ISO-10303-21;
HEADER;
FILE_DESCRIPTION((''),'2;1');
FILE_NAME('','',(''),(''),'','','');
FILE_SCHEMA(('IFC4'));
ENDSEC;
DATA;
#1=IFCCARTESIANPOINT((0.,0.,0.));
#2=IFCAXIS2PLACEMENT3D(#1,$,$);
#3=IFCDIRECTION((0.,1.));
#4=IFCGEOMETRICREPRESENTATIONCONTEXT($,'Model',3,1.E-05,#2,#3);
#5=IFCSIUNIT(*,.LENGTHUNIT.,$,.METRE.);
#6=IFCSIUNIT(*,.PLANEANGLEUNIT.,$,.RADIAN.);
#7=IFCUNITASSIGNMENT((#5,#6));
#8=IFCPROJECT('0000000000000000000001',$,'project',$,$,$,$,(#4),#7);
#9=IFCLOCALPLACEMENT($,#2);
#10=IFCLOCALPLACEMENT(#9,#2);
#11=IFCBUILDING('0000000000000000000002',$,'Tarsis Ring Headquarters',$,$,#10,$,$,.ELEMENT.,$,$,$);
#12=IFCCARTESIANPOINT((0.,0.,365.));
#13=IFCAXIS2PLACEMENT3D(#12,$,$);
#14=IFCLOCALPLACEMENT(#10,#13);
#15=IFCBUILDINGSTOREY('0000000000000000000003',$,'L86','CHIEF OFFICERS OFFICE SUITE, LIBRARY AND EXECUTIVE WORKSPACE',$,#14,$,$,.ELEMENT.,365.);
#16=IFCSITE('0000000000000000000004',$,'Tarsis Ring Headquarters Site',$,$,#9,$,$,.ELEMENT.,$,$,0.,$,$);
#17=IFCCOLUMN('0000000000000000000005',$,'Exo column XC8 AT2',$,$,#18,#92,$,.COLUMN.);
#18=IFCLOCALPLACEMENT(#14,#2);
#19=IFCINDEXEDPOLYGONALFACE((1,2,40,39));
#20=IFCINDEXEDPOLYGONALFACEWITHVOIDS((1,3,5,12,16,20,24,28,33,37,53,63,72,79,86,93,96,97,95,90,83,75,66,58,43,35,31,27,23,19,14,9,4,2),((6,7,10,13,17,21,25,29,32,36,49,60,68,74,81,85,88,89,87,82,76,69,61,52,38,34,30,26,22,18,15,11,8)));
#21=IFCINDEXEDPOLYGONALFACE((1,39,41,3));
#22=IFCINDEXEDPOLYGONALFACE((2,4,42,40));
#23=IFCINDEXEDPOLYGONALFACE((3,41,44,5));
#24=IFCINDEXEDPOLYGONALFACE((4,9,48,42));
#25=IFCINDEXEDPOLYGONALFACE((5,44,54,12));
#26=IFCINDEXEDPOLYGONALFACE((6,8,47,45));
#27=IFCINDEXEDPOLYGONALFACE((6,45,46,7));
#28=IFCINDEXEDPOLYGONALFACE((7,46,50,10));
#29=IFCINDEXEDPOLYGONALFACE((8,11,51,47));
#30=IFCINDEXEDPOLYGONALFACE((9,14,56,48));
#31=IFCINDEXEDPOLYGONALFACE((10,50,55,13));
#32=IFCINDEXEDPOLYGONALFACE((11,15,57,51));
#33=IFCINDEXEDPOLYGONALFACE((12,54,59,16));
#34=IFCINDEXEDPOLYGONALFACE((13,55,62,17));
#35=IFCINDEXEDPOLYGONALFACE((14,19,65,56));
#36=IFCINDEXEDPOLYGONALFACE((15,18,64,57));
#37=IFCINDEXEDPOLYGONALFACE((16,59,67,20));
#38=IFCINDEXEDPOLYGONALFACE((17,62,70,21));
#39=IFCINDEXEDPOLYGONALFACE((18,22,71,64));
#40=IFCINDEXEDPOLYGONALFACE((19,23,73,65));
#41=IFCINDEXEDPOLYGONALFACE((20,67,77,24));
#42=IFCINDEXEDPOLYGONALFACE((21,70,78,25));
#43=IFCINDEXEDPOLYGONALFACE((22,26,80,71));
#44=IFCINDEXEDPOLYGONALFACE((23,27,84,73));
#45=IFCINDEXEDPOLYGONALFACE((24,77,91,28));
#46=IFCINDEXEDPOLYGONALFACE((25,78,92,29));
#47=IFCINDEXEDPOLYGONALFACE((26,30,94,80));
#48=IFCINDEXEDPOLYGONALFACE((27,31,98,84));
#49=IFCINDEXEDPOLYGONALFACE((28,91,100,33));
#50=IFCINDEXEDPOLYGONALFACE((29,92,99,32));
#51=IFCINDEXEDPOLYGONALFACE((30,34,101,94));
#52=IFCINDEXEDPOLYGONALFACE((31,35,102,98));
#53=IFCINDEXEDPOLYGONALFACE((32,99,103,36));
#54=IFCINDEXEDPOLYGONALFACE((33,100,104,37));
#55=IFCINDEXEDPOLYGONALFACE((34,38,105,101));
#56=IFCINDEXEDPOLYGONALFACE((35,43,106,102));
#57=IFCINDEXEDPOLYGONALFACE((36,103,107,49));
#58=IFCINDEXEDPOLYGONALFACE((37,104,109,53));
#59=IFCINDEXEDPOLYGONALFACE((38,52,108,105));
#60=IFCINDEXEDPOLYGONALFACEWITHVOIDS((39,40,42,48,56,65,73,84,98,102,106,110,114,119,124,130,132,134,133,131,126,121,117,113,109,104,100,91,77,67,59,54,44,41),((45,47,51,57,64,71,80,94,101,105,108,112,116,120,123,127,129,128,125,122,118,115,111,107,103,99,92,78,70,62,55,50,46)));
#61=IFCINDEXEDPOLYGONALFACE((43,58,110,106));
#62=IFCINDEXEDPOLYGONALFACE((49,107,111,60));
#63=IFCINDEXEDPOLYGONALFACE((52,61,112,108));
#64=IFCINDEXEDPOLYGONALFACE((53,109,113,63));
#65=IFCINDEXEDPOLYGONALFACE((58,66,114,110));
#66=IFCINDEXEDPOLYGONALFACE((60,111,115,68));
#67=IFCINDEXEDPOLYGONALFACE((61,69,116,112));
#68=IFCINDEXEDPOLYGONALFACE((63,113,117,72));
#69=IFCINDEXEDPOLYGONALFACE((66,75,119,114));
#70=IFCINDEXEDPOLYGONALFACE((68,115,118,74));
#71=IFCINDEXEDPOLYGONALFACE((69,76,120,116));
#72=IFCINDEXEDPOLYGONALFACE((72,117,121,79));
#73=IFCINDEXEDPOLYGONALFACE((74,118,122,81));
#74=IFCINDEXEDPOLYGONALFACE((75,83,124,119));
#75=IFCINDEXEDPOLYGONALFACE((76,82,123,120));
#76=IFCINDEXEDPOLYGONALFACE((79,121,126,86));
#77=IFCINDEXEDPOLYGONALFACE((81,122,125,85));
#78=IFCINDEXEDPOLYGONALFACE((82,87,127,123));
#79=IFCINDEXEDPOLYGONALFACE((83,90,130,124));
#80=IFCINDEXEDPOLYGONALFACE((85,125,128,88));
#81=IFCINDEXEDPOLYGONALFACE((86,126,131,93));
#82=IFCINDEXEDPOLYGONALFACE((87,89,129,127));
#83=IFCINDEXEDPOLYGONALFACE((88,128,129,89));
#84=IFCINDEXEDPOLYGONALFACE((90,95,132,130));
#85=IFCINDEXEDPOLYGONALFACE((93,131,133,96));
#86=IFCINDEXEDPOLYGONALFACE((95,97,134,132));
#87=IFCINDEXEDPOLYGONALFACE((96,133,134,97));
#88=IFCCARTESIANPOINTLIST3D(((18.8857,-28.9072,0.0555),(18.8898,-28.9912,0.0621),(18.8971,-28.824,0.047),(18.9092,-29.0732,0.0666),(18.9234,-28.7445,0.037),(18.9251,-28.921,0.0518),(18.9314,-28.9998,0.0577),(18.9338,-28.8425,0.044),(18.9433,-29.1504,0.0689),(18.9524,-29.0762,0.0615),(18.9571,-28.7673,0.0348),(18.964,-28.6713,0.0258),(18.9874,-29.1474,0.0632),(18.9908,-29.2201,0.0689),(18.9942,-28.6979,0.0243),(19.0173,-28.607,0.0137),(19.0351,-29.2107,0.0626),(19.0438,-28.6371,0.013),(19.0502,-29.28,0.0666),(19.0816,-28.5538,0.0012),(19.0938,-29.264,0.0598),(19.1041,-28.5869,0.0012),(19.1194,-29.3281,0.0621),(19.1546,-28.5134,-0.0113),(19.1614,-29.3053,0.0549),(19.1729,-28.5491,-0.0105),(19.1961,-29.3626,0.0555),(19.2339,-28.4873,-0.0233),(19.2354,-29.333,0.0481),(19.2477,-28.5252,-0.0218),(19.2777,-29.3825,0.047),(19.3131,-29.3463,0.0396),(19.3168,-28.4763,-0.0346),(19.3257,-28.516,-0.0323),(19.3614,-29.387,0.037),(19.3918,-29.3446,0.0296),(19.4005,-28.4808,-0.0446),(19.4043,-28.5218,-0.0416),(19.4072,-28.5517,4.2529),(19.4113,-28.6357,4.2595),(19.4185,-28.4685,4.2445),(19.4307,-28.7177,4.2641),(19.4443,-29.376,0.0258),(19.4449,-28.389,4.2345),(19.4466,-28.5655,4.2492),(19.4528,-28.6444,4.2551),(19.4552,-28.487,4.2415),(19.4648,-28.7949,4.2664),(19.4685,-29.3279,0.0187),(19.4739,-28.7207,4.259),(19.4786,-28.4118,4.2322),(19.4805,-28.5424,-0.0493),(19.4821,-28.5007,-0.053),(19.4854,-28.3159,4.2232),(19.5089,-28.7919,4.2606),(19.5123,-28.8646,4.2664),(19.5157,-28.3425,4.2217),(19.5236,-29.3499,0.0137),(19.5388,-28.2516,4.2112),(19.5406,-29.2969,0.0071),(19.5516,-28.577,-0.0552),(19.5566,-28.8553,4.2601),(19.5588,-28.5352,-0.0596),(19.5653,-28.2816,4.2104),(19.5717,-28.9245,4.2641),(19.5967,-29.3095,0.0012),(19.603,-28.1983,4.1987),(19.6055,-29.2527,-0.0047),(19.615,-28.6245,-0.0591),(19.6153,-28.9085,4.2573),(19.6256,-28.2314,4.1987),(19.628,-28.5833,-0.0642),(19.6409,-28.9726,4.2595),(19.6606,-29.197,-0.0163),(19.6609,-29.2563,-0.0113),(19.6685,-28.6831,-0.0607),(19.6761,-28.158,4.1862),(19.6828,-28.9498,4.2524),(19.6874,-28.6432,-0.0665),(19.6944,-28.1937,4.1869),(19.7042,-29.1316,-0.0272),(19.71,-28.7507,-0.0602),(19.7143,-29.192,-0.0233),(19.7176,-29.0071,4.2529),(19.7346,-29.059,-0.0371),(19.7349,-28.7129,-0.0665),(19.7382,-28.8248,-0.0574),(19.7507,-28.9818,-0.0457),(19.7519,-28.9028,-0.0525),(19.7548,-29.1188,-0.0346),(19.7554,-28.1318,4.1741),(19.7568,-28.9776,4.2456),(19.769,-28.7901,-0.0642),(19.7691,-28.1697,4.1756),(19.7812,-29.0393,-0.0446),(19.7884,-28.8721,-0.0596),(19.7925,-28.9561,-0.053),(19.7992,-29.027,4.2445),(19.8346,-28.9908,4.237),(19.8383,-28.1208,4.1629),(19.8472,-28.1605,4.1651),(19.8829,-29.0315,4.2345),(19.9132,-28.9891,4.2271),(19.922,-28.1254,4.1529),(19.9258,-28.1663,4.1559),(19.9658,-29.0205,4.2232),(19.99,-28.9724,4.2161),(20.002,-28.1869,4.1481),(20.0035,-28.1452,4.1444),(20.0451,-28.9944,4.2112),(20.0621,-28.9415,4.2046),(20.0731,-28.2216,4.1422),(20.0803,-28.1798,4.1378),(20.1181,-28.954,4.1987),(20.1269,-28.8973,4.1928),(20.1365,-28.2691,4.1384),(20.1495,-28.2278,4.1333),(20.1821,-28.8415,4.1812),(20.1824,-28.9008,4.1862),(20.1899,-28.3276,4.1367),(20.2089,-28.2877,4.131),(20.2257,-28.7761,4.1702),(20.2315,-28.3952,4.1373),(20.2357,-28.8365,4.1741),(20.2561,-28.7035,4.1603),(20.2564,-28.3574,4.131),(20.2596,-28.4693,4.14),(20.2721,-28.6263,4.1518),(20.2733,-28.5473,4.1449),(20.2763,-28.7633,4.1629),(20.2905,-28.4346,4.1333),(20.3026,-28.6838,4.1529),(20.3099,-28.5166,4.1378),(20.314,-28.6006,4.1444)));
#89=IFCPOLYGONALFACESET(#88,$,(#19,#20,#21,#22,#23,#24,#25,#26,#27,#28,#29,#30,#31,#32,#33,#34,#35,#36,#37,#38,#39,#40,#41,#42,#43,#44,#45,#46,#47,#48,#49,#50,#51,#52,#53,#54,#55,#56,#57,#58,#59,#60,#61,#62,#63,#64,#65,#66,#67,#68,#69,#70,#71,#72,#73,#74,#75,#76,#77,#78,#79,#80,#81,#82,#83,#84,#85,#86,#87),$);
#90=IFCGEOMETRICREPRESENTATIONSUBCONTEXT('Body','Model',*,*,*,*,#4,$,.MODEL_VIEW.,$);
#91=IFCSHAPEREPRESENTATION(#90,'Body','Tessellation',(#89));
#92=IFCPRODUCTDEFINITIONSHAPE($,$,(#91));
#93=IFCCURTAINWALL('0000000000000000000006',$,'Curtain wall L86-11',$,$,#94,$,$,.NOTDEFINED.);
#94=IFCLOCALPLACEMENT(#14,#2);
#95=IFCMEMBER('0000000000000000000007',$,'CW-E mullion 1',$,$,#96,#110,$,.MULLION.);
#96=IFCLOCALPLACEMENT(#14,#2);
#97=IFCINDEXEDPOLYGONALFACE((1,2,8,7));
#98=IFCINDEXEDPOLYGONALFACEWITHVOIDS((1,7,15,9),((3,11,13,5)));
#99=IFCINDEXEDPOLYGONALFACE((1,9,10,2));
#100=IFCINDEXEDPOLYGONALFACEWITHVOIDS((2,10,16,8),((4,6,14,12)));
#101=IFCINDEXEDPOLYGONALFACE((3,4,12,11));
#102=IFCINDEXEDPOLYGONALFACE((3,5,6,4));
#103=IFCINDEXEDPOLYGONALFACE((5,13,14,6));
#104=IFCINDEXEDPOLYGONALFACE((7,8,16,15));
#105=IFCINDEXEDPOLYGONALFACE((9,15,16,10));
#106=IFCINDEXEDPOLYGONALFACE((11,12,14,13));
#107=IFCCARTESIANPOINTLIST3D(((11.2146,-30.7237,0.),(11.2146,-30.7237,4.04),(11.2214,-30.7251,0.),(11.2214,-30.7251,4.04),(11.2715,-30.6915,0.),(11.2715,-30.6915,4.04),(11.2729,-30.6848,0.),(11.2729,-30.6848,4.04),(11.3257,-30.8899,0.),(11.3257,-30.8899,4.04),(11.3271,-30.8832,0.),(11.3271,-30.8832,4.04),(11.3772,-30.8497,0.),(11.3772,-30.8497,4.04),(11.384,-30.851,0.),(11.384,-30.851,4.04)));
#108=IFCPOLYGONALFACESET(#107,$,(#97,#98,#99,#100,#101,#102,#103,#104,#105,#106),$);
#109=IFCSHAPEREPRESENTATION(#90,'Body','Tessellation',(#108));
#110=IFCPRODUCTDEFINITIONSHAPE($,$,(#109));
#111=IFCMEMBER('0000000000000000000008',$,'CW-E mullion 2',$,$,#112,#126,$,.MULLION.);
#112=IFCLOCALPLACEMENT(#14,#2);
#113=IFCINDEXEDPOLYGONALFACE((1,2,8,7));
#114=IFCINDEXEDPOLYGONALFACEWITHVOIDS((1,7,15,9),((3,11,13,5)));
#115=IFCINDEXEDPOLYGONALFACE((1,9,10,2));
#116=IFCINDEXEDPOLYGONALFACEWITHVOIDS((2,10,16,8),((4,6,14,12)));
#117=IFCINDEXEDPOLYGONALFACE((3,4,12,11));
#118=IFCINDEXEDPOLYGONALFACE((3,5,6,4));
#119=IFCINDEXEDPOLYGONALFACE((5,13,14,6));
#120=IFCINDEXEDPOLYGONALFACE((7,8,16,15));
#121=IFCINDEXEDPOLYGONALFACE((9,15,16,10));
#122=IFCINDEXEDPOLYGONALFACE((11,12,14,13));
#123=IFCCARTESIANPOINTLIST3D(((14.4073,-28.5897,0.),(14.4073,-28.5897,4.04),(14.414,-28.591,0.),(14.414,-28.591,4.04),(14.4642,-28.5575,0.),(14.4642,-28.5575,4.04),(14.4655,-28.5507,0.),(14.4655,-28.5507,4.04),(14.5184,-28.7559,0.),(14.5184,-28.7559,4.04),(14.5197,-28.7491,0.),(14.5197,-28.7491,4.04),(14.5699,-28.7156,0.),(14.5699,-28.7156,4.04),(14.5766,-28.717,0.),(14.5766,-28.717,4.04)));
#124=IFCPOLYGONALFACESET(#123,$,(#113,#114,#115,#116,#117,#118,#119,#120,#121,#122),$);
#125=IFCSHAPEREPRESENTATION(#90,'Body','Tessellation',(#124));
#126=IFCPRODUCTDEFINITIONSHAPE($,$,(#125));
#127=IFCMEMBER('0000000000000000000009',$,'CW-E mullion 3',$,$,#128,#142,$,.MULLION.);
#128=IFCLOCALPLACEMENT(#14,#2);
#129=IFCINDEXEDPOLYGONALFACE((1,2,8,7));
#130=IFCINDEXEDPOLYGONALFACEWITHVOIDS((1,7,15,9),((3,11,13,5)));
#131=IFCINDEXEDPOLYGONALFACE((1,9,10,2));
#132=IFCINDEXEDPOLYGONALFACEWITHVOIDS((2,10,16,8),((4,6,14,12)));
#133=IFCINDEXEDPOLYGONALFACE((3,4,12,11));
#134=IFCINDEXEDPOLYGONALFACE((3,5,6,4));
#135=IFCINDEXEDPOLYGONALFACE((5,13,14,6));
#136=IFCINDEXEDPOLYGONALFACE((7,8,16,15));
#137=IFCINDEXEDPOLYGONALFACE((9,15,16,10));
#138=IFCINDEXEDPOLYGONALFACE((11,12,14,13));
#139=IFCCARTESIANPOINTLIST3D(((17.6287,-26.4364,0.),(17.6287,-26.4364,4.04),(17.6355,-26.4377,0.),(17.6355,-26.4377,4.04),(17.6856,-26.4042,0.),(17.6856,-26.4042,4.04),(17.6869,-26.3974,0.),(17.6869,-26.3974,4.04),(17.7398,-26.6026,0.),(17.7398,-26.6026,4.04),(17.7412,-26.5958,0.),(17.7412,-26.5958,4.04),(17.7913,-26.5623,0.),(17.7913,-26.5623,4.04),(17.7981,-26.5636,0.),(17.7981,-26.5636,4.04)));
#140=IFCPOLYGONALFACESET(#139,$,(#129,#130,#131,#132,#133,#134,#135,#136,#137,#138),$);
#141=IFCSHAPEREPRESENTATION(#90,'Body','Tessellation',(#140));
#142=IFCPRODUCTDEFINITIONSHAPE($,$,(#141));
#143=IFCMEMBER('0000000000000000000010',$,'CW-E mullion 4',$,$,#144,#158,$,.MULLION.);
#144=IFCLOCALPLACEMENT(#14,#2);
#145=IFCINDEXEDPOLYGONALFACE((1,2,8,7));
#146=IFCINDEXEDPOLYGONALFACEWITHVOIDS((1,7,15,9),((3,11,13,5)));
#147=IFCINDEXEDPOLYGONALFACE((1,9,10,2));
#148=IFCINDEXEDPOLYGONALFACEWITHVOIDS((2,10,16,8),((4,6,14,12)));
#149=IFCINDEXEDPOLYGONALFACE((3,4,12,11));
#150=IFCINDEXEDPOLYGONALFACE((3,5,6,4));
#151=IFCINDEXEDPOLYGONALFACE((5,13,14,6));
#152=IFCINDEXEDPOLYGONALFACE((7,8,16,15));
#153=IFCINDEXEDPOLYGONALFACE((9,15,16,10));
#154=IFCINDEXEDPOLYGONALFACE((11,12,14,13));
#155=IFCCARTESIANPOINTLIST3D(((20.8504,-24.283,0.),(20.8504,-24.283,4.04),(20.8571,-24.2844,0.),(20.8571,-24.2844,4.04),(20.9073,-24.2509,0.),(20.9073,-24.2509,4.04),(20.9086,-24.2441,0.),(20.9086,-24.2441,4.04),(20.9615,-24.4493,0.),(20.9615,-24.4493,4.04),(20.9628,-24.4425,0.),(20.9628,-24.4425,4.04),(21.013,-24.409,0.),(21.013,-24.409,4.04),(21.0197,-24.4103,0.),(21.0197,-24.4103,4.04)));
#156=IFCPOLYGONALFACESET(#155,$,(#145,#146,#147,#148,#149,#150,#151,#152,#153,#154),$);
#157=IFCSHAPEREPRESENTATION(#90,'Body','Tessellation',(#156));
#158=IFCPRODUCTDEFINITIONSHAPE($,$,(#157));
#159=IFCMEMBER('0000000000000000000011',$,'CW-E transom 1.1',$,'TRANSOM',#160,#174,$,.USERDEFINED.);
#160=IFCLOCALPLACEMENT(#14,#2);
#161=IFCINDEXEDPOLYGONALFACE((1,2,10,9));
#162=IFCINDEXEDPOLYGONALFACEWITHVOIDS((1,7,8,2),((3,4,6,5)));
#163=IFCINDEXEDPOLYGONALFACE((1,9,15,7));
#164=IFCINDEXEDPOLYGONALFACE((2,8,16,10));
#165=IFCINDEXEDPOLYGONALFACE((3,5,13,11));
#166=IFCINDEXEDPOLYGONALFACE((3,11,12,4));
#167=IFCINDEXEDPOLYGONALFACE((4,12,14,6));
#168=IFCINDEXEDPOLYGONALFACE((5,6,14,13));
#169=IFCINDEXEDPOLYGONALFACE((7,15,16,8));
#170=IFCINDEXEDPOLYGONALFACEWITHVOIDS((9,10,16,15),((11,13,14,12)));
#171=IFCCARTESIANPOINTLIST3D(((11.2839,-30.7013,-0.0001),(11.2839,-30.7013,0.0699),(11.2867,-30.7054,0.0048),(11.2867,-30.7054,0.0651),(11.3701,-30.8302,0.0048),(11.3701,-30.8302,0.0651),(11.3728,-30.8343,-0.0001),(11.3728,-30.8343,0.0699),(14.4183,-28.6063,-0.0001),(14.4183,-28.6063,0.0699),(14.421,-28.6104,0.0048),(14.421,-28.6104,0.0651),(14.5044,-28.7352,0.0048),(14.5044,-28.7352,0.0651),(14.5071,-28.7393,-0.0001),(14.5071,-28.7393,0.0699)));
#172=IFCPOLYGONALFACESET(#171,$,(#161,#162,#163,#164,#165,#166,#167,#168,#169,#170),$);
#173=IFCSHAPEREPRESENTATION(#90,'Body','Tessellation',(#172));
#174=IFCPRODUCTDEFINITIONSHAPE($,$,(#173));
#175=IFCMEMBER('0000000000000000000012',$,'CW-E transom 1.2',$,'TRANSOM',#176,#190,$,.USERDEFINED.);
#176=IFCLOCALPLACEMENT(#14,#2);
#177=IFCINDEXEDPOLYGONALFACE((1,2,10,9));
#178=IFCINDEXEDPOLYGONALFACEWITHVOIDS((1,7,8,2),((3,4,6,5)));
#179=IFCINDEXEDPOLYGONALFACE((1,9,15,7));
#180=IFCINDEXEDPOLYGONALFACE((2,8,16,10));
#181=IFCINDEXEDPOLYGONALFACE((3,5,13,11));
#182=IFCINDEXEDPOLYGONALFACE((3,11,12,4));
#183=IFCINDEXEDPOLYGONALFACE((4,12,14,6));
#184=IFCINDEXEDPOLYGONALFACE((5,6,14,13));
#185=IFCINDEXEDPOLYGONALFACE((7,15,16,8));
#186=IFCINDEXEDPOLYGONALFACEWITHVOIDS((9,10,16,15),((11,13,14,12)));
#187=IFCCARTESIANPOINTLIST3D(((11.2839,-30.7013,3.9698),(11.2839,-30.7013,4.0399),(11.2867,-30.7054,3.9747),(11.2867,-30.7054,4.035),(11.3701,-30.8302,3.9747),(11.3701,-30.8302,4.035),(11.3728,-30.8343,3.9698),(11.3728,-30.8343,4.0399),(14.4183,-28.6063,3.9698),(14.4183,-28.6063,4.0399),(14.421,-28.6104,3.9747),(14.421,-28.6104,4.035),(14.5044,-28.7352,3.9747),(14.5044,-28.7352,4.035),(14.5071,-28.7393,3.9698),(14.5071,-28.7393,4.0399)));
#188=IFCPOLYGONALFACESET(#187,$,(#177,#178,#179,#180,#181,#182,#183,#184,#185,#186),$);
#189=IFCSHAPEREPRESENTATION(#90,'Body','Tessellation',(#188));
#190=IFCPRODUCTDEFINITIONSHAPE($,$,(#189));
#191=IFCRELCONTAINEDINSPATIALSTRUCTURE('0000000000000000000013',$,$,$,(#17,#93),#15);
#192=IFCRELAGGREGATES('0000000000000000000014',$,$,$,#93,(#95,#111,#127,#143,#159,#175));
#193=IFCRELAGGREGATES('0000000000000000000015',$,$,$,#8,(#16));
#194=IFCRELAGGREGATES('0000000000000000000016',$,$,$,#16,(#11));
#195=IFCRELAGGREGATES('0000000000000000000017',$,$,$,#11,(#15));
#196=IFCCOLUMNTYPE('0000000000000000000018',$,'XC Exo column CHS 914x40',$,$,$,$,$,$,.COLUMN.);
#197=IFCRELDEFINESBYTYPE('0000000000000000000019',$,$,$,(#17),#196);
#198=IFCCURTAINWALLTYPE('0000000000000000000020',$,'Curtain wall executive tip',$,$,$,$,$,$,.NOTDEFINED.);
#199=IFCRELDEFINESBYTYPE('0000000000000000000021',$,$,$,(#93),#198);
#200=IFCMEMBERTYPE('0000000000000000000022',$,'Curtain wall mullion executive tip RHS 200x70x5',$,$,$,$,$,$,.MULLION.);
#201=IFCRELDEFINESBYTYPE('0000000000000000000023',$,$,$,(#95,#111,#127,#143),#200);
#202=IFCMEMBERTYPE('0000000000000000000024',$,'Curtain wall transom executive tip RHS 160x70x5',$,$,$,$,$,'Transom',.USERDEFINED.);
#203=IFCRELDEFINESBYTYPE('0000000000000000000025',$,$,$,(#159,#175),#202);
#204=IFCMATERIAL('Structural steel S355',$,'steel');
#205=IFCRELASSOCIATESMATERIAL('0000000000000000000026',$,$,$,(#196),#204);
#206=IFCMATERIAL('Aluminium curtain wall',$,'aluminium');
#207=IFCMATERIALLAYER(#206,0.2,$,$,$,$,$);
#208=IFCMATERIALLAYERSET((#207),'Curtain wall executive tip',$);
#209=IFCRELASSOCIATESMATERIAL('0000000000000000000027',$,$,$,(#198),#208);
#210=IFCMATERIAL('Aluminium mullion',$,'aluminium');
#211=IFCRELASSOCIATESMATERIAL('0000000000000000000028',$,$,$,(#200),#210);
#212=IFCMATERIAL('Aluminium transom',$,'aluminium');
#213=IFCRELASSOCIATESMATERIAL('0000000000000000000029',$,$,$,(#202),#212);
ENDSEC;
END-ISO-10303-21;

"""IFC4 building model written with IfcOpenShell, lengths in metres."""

from ifc_helpers import new_model, si_unit, direction, frame, origin, origin_2d, place, context, subcontext, project, spatial, hollow_rectangle, hollow_circle, extrude, material, layer, layer_set, material_profile, profile_set, type_object, element, aggregate, save


model = new_model("IFC4")

# Units and contexts
model_context = context("Model", 3, precision=1e-05, world=origin(), true_north=direction((0.0, 1.0)))
body_context = subcontext(model_context, "Body", "Model", "MODEL_VIEW")
ifc_project = project(units=[si_unit("LENGTHUNIT", "METRE"), si_unit("PLANEANGLEUNIT", "RADIAN")], contexts=[model_context])

# Site, building, storey
site_placement = place(None, origin())
site = spatial("IfcSite", under=ifc_project, at=site_placement, Name="Tarsis Ring Headquarters Site", CompositionType="ELEMENT", RefElevation=0.0)
building_placement = place(site_placement, origin())
building = spatial("IfcBuilding", under=site, at=building_placement, Name="Tarsis Ring Headquarters", CompositionType="ELEMENT")
storey_placement = place(building_placement, frame((0.0, 0.0, 365.0)))
storey = spatial("IfcBuildingStorey", under=building, at=storey_placement, Name="L86", Description="CHIEF OFFICERS OFFICE SUITE, LIBRARY AND EXECUTIVE WORKSPACE", CompositionType="ELEMENT", Elevation=365.0)

# Column
ifc_material_1 = material(Name="Structural steel S355", Category="steel")
ifc_material_profile_1 = material_profile(ifc_material_1, hollow_circle(Radius=0.457, WallThickness=0.04, at=origin_2d()), Name="CHS 914x40")
ifc_profile_set_1 = profile_set([ifc_material_profile_1], Name="Structural steel S355")
column_type = type_object("IfcColumnType", Name="XC Exo column CHS 914x40", PredefinedType="COLUMN", material=ifc_profile_set_1)
column_placement = place(storey_placement, frame((19.3391, -28.9316, 0.0012), z_axis=(0.122856, 0.083744, 0.988885), x_axis=(-0.563241, 0.826293, 0.0)))
element("IfcColumn", 1, at=column_placement, inside=storey, type_object=column_type, Name="Exo column XC8 AT2", PredefinedType="COLUMN", context=body_context, shape_type="SweptSolid", body=[
    extrude(hollow_circle(Radius=0.4573, WallThickness=0.04, at=origin_2d()), origin(), (0.0, 0.0, 1.0), 4.2446),
])

# Curtain wall, members
ifc_material_2 = material(Name="Aluminium curtain wall", Category="aluminium")
ifc_layer_1 = layer(ifc_material_2, 0.2)
ifc_layer_set_1 = layer_set([ifc_layer_1], Name="Curtain wall executive tip")
curtain_wall_type = type_object("IfcCurtainWallType", Name="Curtain wall executive tip", PredefinedType="NOTDEFINED", material=ifc_layer_set_1)
curtain_wall_placement = place(storey_placement, origin())
curtain_wall = element("IfcCurtainWall", 2, at=curtain_wall_placement, inside=storey, type_object=curtain_wall_type, Name="Curtain wall L86-11", PredefinedType="NOTDEFINED")
ifc_material_3 = material(Name="Aluminium mullion", Category="aluminium")
ifc_material_profile_2 = material_profile(ifc_material_3, hollow_rectangle(XDim=0.2, YDim=0.0701, WallThickness=0.0049, at=origin_2d()), Name="RHS 200x70x5")
ifc_profile_set_2 = profile_set([ifc_material_profile_2], Name="Aluminium mullion")
member_type_1 = type_object("IfcMemberType", Name="Curtain wall mullion executive tip RHS 200x70x5", PredefinedType="MULLION", material=ifc_profile_set_2)
member_1_placement = place(storey_placement, frame((11.2993, -30.7874, 0.0), z_axis=(0.0, 0.0, 1.0), x_axis=(-0.555715, 0.831373, 0.0)))
member_1 = element("IfcMember", 3, at=member_1_placement, type_object=member_type_1, Name="CW-E mullion 1", PredefinedType="MULLION", context=body_context, shape_type="SweptSolid", body=[
    extrude(hollow_rectangle(XDim=0.2, YDim=0.0701, WallThickness=0.0049, at=origin_2d()), origin(), (0.0, 0.0, 1.0), 4.04),
])
member_2_placement = place(storey_placement, frame((14.4919, -28.6533, 0.0), z_axis=(0.0, 0.0, 1.0), x_axis=(-0.555715, 0.831373, 0.0)))
member_2 = element("IfcMember", 4, at=member_2_placement, type_object=member_type_1, Name="CW-E mullion 2", PredefinedType="MULLION", context=body_context, shape_type="SweptSolid", body=[
    extrude(hollow_rectangle(XDim=0.2, YDim=0.0701, WallThickness=0.0049, at=origin_2d()), origin(), (0.0, 0.0, 1.0), 4.04),
])
member_3_placement = place(storey_placement, frame((17.7134, -26.5, 0.0), z_axis=(0.0, 0.0, 1.0), x_axis=(-0.555715, 0.831373, 0.0)))
member_3 = element("IfcMember", 5, at=member_3_placement, type_object=member_type_1, Name="CW-E mullion 3", PredefinedType="MULLION", context=body_context, shape_type="SweptSolid", body=[
    extrude(hollow_rectangle(XDim=0.2, YDim=0.0701, WallThickness=0.0049, at=origin_2d()), origin(), (0.0, 0.0, 1.0), 4.04),
])
member_4_placement = place(storey_placement, frame((20.9351, -24.3467, 0.0), z_axis=(0.0, 0.0, 1.0), x_axis=(-0.555715, 0.831373, 0.0)))
member_4 = element("IfcMember", 6, at=member_4_placement, type_object=member_type_1, Name="CW-E mullion 4", PredefinedType="MULLION", context=body_context, shape_type="SweptSolid", body=[
    extrude(hollow_rectangle(XDim=0.2, YDim=0.0701, WallThickness=0.0049, at=origin_2d()), origin(), (0.0, 0.0, 1.0), 4.04),
])
ifc_material_4 = material(Name="Aluminium transom", Category="aluminium")
ifc_material_profile_3 = material_profile(ifc_material_4, hollow_rectangle(XDim=0.1599, YDim=0.0701, WallThickness=0.0049, at=origin_2d()), Name="RHS 160x70x5")
ifc_profile_set_3 = profile_set([ifc_material_profile_3], Name="Aluminium transom")
member_type_2 = type_object("IfcMemberType", Name="Curtain wall transom executive tip RHS 160x70x5", ElementType="Transom", PredefinedType="USERDEFINED", material=ifc_profile_set_3)
member_5_placement = place(storey_placement, frame((11.3284, -30.7678, 0.0349), z_axis=(0.831382, 0.555701, 0.0), x_axis=(-0.555701, 0.831382, 0.0)))
member_5 = element("IfcMember", 7, at=member_5_placement, type_object=member_type_2, Name="CW-E transom 1.1", ObjectType="TRANSOM", PredefinedType="USERDEFINED", context=body_context, shape_type="SweptSolid", body=[
    extrude(hollow_rectangle(XDim=0.1599, YDim=0.0701, WallThickness=0.0049, at=origin_2d()), origin(), (0.0, 0.0, 1.0), 3.77),
])
member_6_placement = place(storey_placement, frame((11.3284, -30.7678, 4.0049), z_axis=(0.831382, 0.555701, 0.0), x_axis=(-0.555701, 0.831382, 0.0)))
member_6 = element("IfcMember", 8, at=member_6_placement, type_object=member_type_2, Name="CW-E transom 1.2", ObjectType="TRANSOM", PredefinedType="USERDEFINED", context=body_context, shape_type="SweptSolid", body=[
    extrude(hollow_rectangle(XDim=0.1599, YDim=0.0701, WallThickness=0.0049, at=origin_2d()), origin(), (0.0, 0.0, 1.0), 3.77),
])

aggregate(curtain_wall, [member_1, member_2, member_3, member_4, member_5, member_6])

save(model, "model.ifc")
